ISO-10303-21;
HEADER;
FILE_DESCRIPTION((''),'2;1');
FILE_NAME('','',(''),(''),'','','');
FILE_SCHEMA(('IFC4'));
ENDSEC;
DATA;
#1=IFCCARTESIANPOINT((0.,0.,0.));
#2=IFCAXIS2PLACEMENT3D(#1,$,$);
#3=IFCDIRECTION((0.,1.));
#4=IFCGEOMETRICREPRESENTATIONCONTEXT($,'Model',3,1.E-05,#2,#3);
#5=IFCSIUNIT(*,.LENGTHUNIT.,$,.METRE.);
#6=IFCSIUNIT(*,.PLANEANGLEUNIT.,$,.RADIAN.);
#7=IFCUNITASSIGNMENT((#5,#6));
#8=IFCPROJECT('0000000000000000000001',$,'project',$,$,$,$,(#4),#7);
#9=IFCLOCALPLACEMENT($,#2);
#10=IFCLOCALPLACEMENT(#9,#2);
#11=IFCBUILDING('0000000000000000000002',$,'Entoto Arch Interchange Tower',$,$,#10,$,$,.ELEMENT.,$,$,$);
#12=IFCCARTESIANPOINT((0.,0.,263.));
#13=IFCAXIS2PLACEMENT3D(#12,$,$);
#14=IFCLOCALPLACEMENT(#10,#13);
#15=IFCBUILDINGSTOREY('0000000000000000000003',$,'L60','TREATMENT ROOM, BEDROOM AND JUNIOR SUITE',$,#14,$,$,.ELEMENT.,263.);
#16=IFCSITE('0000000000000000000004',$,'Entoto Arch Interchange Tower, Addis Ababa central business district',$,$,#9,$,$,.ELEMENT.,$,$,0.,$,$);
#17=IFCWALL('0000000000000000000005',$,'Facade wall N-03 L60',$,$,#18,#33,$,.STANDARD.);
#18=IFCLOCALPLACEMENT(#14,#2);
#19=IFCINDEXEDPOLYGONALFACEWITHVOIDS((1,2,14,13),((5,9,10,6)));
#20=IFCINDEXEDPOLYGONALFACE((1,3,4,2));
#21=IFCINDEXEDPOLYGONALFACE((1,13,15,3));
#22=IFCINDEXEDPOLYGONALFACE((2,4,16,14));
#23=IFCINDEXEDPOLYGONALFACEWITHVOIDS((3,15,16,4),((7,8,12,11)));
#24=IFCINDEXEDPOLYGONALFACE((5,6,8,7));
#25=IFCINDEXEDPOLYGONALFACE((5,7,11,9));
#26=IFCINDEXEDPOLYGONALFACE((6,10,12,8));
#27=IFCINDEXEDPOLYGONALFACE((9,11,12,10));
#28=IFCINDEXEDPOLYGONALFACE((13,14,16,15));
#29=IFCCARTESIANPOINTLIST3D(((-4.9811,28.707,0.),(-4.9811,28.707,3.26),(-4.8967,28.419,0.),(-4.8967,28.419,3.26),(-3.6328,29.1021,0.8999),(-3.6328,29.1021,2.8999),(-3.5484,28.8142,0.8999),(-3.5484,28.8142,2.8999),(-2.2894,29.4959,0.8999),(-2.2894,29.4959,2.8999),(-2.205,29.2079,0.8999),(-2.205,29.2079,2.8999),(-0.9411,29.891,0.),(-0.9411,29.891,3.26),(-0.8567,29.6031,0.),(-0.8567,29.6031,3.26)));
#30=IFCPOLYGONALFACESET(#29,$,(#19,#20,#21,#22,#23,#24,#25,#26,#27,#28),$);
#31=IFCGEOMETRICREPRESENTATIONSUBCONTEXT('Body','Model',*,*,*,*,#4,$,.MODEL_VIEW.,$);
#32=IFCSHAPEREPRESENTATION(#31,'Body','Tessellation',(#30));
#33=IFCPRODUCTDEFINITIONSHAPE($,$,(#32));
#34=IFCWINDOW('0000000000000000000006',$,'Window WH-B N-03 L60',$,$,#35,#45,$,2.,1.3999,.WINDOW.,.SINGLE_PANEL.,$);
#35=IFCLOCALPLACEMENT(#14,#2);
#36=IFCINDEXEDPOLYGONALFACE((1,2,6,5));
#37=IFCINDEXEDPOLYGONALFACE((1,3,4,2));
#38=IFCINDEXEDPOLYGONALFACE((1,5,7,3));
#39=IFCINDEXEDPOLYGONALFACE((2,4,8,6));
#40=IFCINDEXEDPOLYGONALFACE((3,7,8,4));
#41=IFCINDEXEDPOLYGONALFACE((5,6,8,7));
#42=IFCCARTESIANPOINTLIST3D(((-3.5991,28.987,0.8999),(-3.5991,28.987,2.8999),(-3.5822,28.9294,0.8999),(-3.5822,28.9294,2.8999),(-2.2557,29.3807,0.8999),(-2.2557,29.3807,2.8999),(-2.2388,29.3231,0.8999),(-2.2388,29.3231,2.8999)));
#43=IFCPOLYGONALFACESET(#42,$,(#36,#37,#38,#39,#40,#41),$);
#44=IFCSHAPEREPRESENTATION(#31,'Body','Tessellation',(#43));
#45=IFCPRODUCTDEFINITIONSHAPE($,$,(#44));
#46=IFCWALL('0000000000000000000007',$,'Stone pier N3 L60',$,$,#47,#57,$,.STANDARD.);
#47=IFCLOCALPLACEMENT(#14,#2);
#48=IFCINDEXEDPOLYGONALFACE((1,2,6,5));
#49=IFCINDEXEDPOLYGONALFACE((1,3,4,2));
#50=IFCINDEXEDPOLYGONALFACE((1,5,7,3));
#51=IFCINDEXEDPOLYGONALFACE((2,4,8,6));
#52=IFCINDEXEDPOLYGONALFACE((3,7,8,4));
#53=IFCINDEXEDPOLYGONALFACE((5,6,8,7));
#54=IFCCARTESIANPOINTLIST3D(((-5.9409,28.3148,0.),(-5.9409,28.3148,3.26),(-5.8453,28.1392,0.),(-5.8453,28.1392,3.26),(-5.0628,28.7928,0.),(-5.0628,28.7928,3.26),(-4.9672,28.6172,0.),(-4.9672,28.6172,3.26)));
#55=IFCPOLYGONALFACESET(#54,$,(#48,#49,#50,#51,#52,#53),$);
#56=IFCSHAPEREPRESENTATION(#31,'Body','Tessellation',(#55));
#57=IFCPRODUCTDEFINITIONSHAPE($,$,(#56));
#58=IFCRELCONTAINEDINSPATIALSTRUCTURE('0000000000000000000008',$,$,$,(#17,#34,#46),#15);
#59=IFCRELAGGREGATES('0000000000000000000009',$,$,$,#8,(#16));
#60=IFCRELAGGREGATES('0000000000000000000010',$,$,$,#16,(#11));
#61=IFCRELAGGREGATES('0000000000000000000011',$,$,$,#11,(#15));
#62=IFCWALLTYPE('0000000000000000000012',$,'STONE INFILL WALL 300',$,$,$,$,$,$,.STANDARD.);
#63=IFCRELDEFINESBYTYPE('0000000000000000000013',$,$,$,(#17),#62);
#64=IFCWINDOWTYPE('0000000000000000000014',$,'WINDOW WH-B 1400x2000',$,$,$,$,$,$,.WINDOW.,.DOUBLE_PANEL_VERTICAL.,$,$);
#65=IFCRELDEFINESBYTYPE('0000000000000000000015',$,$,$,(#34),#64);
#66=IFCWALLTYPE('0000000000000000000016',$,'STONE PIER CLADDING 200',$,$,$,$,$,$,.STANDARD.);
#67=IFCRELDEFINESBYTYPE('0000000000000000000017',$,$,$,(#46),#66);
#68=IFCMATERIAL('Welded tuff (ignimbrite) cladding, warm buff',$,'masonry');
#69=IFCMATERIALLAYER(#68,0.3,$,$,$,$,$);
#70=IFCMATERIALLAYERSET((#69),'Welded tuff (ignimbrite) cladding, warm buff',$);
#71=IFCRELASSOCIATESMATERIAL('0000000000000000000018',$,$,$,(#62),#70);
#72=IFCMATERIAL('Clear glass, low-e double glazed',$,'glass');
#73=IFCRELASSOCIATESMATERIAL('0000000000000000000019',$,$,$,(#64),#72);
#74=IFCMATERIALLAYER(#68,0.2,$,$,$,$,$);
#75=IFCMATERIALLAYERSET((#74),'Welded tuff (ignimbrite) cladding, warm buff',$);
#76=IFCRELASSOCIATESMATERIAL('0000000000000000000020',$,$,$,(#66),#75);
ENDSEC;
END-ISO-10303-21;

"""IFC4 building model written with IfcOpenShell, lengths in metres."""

from ifc_helpers import new_model, si_unit, direction, frame, frame_2d, origin, place, context, subcontext, project, spatial, rectangle, extrude, material, layer, layer_set, type_object, element, fill, save


model = new_model("IFC4")

# Units and contexts
model_context = context("Model", 3, precision=1e-05, world=origin(), true_north=direction((0.0, 1.0)))
body_context = subcontext(model_context, "Body", "Model", "MODEL_VIEW")
ifc_project = project(units=[si_unit("LENGTHUNIT", "METRE"), si_unit("PLANEANGLEUNIT", "RADIAN")], contexts=[model_context])

# Site, building, storey
site_placement = place(None, origin())
site = spatial("IfcSite", under=ifc_project, at=site_placement, Name="Entoto Arch Interchange Tower, Addis Ababa central business district", CompositionType="ELEMENT", RefElevation=0.0)
building_placement = place(site_placement, origin())
building = spatial("IfcBuilding", under=site, at=building_placement, Name="Entoto Arch Interchange Tower", CompositionType="ELEMENT")
storey_placement = place(building_placement, frame((0.0, 0.0, 263.0)))
storey = spatial("IfcBuildingStorey", under=building, at=storey_placement, Name="L60", Description="TREATMENT ROOM, BEDROOM AND JUNIOR SUITE", CompositionType="ELEMENT", Elevation=263.0)

# Wall, opening, window
ifc_material_1 = material(Name="Welded tuff (ignimbrite) cladding, warm buff", Category="masonry")
ifc_layer_1 = layer(ifc_material_1, 0.3)
ifc_layer_set_1 = layer_set([ifc_layer_1], Name="Welded tuff (ignimbrite) cladding, warm buff")
wall_type_1 = type_object("IfcWallType", Name="STONE INFILL WALL 300", PredefinedType="STANDARD", material=ifc_layer_set_1)
wall_1_placement = place(storey_placement, frame((-0.8989, 29.7471, 0.0), z_axis=(0.0, 0.0, 1.0), x_axis=(-0.959633, -0.281256, 0.0)))
wall_1 = element("IfcWall", 1, at=wall_1_placement, inside=storey, type_object=wall_type_1, Name="Facade wall N-03 L60", PredefinedType="STANDARD", context=body_context, shape_type="SweptSolid", body=[
    extrude(rectangle(XDim=4.21, YDim=0.3, at=frame_2d((2.105, 0.0))), origin(), (0.0, 0.0, 1.0), 3.26),
])
opening_1_placement = place(wall_1_placement, frame((1.405, 0.0, 0.8999)))
opening_1 = element("IfcOpeningElement", 2, at=opening_1_placement, cuts=wall_1, PredefinedType="OPENING", context=body_context, shape_type="SweptSolid", body=[
    extrude(rectangle(XDim=1.3999, YDim=2.0, at=frame_2d((0.7, 1.0))), frame((0.0, 0.1602, 0.0), z_axis=(0.0, -1.0, 0.0), x_axis=(1.0, 0.0, 0.0)), (0.0, 0.0, 1.0), 0.3201),
])
ifc_material_2 = material(Name="Clear glass, low-e double glazed", Category="glass")
window_type = type_object("IfcWindowType", Name="WINDOW WH-B 1400x2000", PartitioningType="DOUBLE_PANEL_VERTICAL", PredefinedType="WINDOW", material=ifc_material_2)
window_placement = place(opening_1_placement, origin())
window = element("IfcWindow", 3, at=window_placement, inside=storey, type_object=window_type, Name="Window WH-B N-03 L60", OverallHeight=2.0, OverallWidth=1.3999, PartitioningType="SINGLE_PANEL", PredefinedType="WINDOW", context=body_context, shape_type="SweptSolid", body=[
    extrude(rectangle(XDim=1.3999, YDim=2.0, at=frame_2d((0.7, 1.0))), frame((0.0, 0.03, 0.0), z_axis=(0.0, -1.0, 0.0), x_axis=(1.0, 0.0, 0.0)), (0.0, 0.0, 1.0), 0.0601),
])
fill(opening_1, window)

# Wall
ifc_layer_2 = layer(ifc_material_1, 0.2)
ifc_layer_set_2 = layer_set([ifc_layer_2], Name="Welded tuff (ignimbrite) cladding, warm buff")
wall_type_2 = type_object("IfcWallType", Name="STONE PIER CLADDING 200", PredefinedType="STANDARD", material=ifc_layer_set_2)
wall_2_placement = place(storey_placement, frame((-5.0149, 28.7051, 0.0), z_axis=(0.0, 0.0, 1.0), x_axis=(-0.878306, -0.478099, 0.0)))
element("IfcWall", 4, at=wall_2_placement, inside=storey, type_object=wall_type_2, Name="Stone pier N3 L60", PredefinedType="STANDARD", context=body_context, shape_type="SweptSolid", body=[
    extrude(rectangle(XDim=0.9998, YDim=0.2, at=frame_2d((0.5, 0.0))), origin(), (0.0, 0.0, 1.0), 3.26),
])

save(model, "model.ifc")
